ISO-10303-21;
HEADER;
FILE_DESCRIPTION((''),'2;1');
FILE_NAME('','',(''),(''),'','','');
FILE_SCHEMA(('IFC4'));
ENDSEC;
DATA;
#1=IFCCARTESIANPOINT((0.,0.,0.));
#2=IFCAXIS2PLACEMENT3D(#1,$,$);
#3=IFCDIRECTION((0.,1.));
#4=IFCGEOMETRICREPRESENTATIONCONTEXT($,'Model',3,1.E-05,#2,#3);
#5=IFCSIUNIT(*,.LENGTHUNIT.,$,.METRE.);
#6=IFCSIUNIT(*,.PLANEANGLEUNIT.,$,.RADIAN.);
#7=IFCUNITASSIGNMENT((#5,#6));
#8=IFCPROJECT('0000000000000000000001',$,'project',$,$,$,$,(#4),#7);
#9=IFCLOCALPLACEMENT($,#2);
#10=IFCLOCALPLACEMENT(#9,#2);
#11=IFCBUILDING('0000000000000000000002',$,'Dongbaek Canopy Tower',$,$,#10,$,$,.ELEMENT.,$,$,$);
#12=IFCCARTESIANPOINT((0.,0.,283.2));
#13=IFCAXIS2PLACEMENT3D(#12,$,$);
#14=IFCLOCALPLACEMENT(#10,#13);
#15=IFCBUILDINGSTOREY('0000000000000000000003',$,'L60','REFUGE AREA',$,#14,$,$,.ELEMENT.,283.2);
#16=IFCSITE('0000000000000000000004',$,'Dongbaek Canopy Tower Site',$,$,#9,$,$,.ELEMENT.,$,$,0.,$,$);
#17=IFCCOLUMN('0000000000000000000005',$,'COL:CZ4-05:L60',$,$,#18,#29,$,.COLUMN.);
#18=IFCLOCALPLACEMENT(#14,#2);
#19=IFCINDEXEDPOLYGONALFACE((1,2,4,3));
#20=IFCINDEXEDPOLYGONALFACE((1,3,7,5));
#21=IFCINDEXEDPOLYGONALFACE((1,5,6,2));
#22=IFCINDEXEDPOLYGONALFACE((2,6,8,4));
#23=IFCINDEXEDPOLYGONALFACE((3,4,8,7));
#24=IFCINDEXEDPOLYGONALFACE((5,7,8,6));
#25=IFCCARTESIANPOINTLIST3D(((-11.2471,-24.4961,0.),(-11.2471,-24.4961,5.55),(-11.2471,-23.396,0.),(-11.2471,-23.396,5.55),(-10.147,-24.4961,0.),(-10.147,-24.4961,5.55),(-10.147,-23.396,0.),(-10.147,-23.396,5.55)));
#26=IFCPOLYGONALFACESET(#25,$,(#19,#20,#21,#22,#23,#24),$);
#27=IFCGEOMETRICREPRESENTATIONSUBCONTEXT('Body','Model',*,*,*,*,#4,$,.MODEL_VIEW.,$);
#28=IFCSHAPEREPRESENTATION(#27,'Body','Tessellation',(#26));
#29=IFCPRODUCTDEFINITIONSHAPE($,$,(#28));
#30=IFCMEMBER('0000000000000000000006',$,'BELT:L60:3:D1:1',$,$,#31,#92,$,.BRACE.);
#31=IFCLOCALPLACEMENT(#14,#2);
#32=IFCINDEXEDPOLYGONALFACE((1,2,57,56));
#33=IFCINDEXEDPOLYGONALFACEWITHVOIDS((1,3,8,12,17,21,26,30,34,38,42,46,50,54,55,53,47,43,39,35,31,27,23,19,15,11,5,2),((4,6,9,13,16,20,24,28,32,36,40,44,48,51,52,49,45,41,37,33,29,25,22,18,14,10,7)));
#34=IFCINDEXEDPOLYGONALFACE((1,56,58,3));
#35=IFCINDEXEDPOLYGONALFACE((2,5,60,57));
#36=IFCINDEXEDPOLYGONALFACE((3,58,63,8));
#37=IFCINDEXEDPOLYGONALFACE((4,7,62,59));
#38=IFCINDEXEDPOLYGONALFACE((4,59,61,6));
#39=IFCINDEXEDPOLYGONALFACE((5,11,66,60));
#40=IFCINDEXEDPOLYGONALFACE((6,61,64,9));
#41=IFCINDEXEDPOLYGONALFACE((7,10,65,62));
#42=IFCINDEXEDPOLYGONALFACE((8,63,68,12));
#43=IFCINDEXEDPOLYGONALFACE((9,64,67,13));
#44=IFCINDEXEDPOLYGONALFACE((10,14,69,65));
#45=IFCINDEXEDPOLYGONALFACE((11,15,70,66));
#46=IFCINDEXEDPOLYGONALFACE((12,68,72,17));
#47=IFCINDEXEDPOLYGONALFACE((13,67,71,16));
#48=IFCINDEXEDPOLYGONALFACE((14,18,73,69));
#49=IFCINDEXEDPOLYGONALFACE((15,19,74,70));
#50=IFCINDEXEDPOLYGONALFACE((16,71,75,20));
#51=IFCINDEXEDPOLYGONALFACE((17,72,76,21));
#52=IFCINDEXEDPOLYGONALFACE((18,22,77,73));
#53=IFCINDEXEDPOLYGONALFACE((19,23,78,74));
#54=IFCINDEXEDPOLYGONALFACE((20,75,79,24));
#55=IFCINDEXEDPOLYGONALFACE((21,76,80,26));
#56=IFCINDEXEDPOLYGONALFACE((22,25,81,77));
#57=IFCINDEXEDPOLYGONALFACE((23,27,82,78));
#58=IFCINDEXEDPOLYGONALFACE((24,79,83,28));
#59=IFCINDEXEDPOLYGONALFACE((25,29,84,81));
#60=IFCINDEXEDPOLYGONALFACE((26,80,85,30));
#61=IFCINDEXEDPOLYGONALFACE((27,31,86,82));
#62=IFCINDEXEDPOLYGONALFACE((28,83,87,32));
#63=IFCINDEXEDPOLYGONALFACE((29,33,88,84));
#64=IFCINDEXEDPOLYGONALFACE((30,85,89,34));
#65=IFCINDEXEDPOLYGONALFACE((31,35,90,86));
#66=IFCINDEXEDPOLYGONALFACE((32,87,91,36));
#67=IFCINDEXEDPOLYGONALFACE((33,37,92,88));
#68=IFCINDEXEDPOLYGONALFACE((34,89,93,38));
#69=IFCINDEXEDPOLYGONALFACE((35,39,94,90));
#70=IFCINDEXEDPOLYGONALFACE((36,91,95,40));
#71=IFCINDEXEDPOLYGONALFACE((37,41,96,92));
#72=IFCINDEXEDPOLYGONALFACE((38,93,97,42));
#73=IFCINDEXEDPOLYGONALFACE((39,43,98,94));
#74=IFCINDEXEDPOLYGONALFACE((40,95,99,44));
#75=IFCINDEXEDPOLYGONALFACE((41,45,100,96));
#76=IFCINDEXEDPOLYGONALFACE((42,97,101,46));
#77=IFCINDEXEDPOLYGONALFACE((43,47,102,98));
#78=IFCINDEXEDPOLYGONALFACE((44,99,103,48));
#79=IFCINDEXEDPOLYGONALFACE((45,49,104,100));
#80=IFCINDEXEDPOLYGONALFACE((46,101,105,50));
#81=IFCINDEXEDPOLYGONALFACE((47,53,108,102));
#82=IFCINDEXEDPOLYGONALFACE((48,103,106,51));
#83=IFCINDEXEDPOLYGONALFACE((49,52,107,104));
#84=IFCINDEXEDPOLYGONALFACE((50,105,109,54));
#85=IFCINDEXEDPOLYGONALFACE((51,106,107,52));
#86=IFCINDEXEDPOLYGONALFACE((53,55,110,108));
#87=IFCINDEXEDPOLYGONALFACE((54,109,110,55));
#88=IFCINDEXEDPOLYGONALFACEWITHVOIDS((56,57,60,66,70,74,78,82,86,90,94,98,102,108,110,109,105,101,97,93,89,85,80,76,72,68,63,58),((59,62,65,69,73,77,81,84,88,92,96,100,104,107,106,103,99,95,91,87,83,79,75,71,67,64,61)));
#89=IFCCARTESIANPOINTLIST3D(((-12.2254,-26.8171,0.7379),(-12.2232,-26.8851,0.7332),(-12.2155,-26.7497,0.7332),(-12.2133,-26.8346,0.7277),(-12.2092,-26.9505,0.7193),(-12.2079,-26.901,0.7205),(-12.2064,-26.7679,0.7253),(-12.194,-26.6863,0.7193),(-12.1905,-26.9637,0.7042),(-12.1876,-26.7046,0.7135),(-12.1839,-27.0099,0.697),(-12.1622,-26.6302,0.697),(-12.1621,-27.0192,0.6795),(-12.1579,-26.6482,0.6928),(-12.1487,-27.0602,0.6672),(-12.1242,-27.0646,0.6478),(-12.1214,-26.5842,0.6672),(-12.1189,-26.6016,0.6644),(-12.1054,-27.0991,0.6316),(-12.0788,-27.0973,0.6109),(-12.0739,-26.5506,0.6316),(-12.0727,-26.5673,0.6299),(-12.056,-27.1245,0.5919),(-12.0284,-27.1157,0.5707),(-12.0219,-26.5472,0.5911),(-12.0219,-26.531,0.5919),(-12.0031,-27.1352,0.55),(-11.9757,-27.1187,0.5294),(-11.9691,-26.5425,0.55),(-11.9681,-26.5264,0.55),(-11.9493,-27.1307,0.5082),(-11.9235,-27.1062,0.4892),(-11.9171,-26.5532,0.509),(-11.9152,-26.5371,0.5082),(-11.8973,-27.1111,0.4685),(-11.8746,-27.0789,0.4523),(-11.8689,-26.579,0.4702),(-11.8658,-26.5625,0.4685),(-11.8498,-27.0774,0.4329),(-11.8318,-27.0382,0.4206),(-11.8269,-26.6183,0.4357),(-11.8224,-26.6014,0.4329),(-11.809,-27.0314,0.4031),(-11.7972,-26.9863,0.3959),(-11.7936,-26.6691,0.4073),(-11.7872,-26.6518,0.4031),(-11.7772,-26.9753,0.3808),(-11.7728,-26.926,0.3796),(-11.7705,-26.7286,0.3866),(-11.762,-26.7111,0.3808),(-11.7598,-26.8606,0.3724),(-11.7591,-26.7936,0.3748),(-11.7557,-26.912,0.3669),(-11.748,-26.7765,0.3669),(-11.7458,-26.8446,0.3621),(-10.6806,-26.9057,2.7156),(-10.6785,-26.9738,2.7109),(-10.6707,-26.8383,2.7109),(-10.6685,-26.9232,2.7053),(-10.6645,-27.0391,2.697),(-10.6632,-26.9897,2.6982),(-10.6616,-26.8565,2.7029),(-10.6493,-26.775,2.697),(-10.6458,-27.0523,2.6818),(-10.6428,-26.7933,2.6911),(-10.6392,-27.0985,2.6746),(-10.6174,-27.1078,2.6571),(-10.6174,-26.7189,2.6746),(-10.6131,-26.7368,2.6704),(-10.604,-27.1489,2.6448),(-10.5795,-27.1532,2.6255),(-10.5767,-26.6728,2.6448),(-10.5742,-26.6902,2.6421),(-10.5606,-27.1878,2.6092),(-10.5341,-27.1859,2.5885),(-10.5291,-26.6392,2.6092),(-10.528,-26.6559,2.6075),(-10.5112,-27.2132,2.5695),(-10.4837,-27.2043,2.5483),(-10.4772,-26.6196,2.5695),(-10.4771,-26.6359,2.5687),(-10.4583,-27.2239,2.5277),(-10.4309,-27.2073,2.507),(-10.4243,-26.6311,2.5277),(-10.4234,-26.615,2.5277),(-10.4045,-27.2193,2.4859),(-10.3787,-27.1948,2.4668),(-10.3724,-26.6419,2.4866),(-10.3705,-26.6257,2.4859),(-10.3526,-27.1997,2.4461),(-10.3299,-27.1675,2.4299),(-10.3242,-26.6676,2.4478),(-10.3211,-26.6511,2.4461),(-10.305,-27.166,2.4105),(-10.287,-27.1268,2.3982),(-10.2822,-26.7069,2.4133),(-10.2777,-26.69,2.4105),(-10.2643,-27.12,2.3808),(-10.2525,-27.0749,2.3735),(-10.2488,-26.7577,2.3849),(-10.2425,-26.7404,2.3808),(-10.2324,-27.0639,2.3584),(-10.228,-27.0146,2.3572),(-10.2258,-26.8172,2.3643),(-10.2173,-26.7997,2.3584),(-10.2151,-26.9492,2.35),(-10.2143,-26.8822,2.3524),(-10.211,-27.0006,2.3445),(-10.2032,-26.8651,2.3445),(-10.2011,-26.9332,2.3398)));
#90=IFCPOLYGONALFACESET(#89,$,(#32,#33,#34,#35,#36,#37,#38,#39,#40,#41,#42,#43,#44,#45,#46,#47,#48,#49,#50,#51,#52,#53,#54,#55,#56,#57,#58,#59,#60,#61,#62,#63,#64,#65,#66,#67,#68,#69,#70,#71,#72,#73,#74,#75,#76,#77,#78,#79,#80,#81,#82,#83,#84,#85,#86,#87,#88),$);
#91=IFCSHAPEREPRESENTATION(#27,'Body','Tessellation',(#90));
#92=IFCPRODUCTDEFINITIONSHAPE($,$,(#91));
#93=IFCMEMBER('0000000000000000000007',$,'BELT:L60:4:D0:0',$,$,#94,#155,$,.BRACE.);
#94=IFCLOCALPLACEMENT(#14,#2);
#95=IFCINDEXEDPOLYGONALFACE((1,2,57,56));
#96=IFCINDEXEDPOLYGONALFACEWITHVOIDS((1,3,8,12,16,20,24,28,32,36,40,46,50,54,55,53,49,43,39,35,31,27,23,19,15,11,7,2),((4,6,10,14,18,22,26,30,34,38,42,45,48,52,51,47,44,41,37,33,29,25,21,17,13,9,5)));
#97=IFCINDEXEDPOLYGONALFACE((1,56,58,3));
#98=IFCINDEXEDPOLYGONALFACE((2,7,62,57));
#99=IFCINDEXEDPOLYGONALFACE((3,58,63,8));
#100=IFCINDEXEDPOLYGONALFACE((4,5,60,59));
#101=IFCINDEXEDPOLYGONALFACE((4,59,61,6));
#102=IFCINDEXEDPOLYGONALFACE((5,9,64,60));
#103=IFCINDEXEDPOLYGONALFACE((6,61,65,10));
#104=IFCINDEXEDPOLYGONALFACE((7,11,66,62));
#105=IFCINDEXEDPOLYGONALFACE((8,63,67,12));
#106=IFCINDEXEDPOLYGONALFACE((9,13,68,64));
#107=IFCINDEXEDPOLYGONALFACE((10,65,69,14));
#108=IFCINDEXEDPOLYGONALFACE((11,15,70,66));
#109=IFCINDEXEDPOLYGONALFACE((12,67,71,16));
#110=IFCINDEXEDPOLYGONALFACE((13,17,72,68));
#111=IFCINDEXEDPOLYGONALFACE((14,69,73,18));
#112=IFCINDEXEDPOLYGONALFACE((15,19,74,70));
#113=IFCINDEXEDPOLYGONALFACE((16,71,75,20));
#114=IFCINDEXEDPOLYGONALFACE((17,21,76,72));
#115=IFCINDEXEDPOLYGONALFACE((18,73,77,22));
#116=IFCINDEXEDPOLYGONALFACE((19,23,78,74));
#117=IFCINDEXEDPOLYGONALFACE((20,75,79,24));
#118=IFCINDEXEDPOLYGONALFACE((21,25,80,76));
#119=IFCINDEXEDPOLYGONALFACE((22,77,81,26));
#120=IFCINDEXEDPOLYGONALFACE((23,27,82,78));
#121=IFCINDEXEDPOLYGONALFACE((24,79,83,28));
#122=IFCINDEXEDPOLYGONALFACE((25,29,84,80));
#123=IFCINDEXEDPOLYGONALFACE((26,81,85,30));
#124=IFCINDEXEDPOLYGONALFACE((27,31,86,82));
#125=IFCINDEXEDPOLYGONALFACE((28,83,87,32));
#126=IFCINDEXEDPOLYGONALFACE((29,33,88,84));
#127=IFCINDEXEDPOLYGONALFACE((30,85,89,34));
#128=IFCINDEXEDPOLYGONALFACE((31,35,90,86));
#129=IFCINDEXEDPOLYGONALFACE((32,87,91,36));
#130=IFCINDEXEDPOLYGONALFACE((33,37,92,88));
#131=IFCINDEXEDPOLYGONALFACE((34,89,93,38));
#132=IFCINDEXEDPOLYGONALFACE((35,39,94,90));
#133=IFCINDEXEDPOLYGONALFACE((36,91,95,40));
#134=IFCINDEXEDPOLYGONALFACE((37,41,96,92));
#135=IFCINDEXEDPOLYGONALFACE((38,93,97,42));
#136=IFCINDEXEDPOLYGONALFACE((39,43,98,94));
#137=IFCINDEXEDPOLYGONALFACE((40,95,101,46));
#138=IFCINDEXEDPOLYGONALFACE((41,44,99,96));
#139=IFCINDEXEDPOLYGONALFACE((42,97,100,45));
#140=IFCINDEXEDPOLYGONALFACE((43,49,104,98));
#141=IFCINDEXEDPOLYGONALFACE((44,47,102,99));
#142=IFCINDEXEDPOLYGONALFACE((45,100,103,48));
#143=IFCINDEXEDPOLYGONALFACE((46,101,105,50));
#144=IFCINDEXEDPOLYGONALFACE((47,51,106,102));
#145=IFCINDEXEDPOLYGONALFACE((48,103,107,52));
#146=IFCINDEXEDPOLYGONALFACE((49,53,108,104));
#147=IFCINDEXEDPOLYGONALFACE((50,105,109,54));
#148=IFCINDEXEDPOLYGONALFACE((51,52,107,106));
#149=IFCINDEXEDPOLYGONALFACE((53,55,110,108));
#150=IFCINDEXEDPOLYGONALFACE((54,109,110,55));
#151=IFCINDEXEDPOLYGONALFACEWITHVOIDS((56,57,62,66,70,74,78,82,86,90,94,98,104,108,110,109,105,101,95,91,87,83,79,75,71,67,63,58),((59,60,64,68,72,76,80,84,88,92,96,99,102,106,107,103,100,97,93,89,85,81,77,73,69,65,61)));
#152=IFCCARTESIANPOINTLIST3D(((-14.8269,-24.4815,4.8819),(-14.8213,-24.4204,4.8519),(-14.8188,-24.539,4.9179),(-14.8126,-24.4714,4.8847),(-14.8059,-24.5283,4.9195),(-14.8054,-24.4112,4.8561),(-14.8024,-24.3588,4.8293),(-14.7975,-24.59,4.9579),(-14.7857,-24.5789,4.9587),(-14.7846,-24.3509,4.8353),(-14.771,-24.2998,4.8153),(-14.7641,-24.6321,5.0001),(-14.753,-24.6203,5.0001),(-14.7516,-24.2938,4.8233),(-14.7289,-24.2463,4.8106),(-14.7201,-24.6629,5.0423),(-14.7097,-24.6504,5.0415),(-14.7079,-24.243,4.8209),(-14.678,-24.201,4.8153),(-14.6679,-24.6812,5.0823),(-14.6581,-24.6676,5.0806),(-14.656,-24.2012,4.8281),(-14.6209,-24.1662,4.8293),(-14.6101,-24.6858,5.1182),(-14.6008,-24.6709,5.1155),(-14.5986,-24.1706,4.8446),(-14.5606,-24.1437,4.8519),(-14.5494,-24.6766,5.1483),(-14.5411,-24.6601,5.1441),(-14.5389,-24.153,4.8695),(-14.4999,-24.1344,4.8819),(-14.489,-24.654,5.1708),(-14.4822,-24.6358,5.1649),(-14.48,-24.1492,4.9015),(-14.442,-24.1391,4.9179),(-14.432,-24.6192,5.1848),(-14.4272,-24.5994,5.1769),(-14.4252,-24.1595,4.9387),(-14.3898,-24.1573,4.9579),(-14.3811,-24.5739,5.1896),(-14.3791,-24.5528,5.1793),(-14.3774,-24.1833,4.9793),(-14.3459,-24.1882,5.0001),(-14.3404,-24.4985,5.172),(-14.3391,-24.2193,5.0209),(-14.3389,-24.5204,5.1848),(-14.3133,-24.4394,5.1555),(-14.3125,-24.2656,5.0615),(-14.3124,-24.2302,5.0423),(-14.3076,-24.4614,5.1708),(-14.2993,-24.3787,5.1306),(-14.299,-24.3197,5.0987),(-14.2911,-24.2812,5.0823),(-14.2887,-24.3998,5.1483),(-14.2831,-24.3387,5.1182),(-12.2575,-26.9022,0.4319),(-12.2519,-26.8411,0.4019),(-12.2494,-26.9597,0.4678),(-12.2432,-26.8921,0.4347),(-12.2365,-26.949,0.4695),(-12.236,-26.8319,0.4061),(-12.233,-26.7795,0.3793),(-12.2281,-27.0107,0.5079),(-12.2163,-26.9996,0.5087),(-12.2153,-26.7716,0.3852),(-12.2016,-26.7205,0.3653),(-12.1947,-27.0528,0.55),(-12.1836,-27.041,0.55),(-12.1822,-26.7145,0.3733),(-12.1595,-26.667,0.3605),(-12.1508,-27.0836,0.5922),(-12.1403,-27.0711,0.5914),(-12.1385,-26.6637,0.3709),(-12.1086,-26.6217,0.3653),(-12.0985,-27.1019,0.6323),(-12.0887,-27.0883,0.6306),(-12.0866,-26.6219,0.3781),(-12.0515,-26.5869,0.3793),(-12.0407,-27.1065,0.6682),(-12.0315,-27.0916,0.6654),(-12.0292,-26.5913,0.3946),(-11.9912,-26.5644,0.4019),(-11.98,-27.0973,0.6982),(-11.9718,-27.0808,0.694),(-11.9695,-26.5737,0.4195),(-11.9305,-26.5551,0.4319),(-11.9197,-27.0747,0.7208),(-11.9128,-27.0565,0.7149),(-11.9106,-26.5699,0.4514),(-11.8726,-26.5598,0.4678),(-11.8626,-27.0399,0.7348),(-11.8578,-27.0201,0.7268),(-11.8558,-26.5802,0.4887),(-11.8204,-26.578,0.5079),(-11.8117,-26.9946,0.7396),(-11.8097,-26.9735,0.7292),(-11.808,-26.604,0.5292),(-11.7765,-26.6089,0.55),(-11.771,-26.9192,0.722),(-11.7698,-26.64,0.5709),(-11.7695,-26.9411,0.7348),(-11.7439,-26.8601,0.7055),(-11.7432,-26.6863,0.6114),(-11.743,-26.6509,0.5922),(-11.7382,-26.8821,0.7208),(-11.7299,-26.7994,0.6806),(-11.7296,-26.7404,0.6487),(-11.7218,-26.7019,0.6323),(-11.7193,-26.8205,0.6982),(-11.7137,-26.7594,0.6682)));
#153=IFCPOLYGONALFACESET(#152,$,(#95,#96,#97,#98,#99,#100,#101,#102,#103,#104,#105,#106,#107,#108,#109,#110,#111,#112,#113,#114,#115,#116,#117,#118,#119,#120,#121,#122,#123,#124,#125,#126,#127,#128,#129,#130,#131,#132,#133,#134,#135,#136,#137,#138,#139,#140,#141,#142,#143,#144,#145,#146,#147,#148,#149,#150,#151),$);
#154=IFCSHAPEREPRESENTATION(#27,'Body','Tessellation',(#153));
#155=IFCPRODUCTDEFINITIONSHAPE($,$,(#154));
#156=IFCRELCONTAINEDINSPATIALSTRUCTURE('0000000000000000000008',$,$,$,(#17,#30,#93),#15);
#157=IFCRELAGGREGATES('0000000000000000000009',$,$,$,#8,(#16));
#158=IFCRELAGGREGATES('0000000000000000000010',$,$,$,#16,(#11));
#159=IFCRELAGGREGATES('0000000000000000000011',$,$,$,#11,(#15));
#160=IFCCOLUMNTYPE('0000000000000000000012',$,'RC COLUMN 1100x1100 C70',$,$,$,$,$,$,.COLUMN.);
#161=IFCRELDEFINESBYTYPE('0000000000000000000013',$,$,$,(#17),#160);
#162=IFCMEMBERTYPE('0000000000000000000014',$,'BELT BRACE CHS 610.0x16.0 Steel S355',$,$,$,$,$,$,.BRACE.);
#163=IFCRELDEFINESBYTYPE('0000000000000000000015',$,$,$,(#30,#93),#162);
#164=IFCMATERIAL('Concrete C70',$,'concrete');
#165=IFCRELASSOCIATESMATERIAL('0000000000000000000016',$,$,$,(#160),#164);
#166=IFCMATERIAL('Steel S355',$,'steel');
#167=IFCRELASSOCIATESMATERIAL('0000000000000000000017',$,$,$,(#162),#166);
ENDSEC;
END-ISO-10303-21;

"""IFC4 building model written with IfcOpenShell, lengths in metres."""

from ifc_helpers import new_model, si_unit, direction, frame, origin, origin_2d, place, context, subcontext, project, spatial, rectangle, hollow_circle, extrude, material, material_profile, profile_set, type_object, element, save


model = new_model("IFC4")

# Units and contexts
model_context = context("Model", 3, precision=1e-05, world=origin(), true_north=direction((0.0, 1.0)))
body_context = subcontext(model_context, "Body", "Model", "MODEL_VIEW")
ifc_project = project(units=[si_unit("LENGTHUNIT", "METRE"), si_unit("PLANEANGLEUNIT", "RADIAN")], contexts=[model_context])

# Site, building, storey
site_placement = place(None, origin())
site = spatial("IfcSite", under=ifc_project, at=site_placement, Name="Dongbaek Canopy Tower Site", CompositionType="ELEMENT", RefElevation=0.0)
building_placement = place(site_placement, origin())
building = spatial("IfcBuilding", under=site, at=building_placement, Name="Dongbaek Canopy Tower", CompositionType="ELEMENT")
storey_placement = place(building_placement, frame((0.0, 0.0, 283.2)))
storey = spatial("IfcBuildingStorey", under=building, at=storey_placement, Name="L60", Description="REFUGE AREA", CompositionType="ELEMENT", Elevation=283.2)

# Column
ifc_material_1 = material(Name="Concrete C70", Category="concrete")
ifc_material_profile_1 = material_profile(ifc_material_1, rectangle(XDim=1.1001, YDim=1.1001, at=origin_2d()), Name="RC COLUMN 1100x1100 C70")
ifc_profile_set_1 = profile_set([ifc_material_profile_1], Name="Concrete C70")
column_type = type_object("IfcColumnType", Name="RC COLUMN 1100x1100 C70", PredefinedType="COLUMN", material=ifc_profile_set_1)
column_placement = place(storey_placement, frame((-10.697, -23.946, 0.0), z_axis=(0.0, 0.0, 1.0), x_axis=(1.0, 0.0, 0.0)))
element("IfcColumn", 1, at=column_placement, inside=storey, type_object=column_type, Name="COL:CZ4-05:L60", PredefinedType="COLUMN", context=body_context, shape_type="SweptSolid", body=[
    extrude(rectangle(XDim=1.1001, YDim=1.1001, at=origin_2d()), origin(), (0.0, 0.0, 1.0), 5.55),
])

# Members
ifc_material_2 = material(Name="Steel S355", Category="steel")
ifc_material_profile_2 = material_profile(ifc_material_2, hollow_circle(Radius=0.3049, WallThickness=0.0161, at=origin_2d()), Name="BELT BRACE CHS 610.0x16.0 Steel S355")
ifc_profile_set_2 = profile_set([ifc_material_profile_2], Name="Steel S355")
member_type_1 = type_object("IfcMemberType", Name="BELT BRACE CHS 610.0x16.0 Steel S355", PredefinedType="BRACE", material=ifc_profile_set_2)
member_1_placement = place(storey_placement, frame((-11.9856, -26.8308, 0.55), z_axis=(0.615193, -0.035296, 0.787586), x_axis=(0.057279, 0.998358, 0.0)))
element("IfcMember", 2, at=member_1_placement, inside=storey, type_object=member_type_1, Name="BELT:L60:3:D1:1", PredefinedType="BRACE", context=body_context, shape_type="SweptSolid", body=[
    extrude(hollow_circle(Radius=0.3049, WallThickness=0.0161, at=origin_2d()), origin(), (0.0, 0.0, 1.0), 2.511),
])
member_2_placement = place(storey_placement, frame((-11.9856, -26.8308, 0.55), z_axis=(-0.452343, 0.426167, 0.783433), x_axis=(-0.685734, -0.727853, 0.0)))
element("IfcMember", 3, at=member_2_placement, inside=storey, type_object=member_type_1, Name="BELT:L60:4:D0:0", PredefinedType="BRACE", context=body_context, shape_type="SweptSolid", body=[
    extrude(hollow_circle(Radius=0.3049, WallThickness=0.0161, at=origin_2d()), origin(), (0.0, 0.0, 1.0), 5.6802),
])

save(model, "model.ifc")
